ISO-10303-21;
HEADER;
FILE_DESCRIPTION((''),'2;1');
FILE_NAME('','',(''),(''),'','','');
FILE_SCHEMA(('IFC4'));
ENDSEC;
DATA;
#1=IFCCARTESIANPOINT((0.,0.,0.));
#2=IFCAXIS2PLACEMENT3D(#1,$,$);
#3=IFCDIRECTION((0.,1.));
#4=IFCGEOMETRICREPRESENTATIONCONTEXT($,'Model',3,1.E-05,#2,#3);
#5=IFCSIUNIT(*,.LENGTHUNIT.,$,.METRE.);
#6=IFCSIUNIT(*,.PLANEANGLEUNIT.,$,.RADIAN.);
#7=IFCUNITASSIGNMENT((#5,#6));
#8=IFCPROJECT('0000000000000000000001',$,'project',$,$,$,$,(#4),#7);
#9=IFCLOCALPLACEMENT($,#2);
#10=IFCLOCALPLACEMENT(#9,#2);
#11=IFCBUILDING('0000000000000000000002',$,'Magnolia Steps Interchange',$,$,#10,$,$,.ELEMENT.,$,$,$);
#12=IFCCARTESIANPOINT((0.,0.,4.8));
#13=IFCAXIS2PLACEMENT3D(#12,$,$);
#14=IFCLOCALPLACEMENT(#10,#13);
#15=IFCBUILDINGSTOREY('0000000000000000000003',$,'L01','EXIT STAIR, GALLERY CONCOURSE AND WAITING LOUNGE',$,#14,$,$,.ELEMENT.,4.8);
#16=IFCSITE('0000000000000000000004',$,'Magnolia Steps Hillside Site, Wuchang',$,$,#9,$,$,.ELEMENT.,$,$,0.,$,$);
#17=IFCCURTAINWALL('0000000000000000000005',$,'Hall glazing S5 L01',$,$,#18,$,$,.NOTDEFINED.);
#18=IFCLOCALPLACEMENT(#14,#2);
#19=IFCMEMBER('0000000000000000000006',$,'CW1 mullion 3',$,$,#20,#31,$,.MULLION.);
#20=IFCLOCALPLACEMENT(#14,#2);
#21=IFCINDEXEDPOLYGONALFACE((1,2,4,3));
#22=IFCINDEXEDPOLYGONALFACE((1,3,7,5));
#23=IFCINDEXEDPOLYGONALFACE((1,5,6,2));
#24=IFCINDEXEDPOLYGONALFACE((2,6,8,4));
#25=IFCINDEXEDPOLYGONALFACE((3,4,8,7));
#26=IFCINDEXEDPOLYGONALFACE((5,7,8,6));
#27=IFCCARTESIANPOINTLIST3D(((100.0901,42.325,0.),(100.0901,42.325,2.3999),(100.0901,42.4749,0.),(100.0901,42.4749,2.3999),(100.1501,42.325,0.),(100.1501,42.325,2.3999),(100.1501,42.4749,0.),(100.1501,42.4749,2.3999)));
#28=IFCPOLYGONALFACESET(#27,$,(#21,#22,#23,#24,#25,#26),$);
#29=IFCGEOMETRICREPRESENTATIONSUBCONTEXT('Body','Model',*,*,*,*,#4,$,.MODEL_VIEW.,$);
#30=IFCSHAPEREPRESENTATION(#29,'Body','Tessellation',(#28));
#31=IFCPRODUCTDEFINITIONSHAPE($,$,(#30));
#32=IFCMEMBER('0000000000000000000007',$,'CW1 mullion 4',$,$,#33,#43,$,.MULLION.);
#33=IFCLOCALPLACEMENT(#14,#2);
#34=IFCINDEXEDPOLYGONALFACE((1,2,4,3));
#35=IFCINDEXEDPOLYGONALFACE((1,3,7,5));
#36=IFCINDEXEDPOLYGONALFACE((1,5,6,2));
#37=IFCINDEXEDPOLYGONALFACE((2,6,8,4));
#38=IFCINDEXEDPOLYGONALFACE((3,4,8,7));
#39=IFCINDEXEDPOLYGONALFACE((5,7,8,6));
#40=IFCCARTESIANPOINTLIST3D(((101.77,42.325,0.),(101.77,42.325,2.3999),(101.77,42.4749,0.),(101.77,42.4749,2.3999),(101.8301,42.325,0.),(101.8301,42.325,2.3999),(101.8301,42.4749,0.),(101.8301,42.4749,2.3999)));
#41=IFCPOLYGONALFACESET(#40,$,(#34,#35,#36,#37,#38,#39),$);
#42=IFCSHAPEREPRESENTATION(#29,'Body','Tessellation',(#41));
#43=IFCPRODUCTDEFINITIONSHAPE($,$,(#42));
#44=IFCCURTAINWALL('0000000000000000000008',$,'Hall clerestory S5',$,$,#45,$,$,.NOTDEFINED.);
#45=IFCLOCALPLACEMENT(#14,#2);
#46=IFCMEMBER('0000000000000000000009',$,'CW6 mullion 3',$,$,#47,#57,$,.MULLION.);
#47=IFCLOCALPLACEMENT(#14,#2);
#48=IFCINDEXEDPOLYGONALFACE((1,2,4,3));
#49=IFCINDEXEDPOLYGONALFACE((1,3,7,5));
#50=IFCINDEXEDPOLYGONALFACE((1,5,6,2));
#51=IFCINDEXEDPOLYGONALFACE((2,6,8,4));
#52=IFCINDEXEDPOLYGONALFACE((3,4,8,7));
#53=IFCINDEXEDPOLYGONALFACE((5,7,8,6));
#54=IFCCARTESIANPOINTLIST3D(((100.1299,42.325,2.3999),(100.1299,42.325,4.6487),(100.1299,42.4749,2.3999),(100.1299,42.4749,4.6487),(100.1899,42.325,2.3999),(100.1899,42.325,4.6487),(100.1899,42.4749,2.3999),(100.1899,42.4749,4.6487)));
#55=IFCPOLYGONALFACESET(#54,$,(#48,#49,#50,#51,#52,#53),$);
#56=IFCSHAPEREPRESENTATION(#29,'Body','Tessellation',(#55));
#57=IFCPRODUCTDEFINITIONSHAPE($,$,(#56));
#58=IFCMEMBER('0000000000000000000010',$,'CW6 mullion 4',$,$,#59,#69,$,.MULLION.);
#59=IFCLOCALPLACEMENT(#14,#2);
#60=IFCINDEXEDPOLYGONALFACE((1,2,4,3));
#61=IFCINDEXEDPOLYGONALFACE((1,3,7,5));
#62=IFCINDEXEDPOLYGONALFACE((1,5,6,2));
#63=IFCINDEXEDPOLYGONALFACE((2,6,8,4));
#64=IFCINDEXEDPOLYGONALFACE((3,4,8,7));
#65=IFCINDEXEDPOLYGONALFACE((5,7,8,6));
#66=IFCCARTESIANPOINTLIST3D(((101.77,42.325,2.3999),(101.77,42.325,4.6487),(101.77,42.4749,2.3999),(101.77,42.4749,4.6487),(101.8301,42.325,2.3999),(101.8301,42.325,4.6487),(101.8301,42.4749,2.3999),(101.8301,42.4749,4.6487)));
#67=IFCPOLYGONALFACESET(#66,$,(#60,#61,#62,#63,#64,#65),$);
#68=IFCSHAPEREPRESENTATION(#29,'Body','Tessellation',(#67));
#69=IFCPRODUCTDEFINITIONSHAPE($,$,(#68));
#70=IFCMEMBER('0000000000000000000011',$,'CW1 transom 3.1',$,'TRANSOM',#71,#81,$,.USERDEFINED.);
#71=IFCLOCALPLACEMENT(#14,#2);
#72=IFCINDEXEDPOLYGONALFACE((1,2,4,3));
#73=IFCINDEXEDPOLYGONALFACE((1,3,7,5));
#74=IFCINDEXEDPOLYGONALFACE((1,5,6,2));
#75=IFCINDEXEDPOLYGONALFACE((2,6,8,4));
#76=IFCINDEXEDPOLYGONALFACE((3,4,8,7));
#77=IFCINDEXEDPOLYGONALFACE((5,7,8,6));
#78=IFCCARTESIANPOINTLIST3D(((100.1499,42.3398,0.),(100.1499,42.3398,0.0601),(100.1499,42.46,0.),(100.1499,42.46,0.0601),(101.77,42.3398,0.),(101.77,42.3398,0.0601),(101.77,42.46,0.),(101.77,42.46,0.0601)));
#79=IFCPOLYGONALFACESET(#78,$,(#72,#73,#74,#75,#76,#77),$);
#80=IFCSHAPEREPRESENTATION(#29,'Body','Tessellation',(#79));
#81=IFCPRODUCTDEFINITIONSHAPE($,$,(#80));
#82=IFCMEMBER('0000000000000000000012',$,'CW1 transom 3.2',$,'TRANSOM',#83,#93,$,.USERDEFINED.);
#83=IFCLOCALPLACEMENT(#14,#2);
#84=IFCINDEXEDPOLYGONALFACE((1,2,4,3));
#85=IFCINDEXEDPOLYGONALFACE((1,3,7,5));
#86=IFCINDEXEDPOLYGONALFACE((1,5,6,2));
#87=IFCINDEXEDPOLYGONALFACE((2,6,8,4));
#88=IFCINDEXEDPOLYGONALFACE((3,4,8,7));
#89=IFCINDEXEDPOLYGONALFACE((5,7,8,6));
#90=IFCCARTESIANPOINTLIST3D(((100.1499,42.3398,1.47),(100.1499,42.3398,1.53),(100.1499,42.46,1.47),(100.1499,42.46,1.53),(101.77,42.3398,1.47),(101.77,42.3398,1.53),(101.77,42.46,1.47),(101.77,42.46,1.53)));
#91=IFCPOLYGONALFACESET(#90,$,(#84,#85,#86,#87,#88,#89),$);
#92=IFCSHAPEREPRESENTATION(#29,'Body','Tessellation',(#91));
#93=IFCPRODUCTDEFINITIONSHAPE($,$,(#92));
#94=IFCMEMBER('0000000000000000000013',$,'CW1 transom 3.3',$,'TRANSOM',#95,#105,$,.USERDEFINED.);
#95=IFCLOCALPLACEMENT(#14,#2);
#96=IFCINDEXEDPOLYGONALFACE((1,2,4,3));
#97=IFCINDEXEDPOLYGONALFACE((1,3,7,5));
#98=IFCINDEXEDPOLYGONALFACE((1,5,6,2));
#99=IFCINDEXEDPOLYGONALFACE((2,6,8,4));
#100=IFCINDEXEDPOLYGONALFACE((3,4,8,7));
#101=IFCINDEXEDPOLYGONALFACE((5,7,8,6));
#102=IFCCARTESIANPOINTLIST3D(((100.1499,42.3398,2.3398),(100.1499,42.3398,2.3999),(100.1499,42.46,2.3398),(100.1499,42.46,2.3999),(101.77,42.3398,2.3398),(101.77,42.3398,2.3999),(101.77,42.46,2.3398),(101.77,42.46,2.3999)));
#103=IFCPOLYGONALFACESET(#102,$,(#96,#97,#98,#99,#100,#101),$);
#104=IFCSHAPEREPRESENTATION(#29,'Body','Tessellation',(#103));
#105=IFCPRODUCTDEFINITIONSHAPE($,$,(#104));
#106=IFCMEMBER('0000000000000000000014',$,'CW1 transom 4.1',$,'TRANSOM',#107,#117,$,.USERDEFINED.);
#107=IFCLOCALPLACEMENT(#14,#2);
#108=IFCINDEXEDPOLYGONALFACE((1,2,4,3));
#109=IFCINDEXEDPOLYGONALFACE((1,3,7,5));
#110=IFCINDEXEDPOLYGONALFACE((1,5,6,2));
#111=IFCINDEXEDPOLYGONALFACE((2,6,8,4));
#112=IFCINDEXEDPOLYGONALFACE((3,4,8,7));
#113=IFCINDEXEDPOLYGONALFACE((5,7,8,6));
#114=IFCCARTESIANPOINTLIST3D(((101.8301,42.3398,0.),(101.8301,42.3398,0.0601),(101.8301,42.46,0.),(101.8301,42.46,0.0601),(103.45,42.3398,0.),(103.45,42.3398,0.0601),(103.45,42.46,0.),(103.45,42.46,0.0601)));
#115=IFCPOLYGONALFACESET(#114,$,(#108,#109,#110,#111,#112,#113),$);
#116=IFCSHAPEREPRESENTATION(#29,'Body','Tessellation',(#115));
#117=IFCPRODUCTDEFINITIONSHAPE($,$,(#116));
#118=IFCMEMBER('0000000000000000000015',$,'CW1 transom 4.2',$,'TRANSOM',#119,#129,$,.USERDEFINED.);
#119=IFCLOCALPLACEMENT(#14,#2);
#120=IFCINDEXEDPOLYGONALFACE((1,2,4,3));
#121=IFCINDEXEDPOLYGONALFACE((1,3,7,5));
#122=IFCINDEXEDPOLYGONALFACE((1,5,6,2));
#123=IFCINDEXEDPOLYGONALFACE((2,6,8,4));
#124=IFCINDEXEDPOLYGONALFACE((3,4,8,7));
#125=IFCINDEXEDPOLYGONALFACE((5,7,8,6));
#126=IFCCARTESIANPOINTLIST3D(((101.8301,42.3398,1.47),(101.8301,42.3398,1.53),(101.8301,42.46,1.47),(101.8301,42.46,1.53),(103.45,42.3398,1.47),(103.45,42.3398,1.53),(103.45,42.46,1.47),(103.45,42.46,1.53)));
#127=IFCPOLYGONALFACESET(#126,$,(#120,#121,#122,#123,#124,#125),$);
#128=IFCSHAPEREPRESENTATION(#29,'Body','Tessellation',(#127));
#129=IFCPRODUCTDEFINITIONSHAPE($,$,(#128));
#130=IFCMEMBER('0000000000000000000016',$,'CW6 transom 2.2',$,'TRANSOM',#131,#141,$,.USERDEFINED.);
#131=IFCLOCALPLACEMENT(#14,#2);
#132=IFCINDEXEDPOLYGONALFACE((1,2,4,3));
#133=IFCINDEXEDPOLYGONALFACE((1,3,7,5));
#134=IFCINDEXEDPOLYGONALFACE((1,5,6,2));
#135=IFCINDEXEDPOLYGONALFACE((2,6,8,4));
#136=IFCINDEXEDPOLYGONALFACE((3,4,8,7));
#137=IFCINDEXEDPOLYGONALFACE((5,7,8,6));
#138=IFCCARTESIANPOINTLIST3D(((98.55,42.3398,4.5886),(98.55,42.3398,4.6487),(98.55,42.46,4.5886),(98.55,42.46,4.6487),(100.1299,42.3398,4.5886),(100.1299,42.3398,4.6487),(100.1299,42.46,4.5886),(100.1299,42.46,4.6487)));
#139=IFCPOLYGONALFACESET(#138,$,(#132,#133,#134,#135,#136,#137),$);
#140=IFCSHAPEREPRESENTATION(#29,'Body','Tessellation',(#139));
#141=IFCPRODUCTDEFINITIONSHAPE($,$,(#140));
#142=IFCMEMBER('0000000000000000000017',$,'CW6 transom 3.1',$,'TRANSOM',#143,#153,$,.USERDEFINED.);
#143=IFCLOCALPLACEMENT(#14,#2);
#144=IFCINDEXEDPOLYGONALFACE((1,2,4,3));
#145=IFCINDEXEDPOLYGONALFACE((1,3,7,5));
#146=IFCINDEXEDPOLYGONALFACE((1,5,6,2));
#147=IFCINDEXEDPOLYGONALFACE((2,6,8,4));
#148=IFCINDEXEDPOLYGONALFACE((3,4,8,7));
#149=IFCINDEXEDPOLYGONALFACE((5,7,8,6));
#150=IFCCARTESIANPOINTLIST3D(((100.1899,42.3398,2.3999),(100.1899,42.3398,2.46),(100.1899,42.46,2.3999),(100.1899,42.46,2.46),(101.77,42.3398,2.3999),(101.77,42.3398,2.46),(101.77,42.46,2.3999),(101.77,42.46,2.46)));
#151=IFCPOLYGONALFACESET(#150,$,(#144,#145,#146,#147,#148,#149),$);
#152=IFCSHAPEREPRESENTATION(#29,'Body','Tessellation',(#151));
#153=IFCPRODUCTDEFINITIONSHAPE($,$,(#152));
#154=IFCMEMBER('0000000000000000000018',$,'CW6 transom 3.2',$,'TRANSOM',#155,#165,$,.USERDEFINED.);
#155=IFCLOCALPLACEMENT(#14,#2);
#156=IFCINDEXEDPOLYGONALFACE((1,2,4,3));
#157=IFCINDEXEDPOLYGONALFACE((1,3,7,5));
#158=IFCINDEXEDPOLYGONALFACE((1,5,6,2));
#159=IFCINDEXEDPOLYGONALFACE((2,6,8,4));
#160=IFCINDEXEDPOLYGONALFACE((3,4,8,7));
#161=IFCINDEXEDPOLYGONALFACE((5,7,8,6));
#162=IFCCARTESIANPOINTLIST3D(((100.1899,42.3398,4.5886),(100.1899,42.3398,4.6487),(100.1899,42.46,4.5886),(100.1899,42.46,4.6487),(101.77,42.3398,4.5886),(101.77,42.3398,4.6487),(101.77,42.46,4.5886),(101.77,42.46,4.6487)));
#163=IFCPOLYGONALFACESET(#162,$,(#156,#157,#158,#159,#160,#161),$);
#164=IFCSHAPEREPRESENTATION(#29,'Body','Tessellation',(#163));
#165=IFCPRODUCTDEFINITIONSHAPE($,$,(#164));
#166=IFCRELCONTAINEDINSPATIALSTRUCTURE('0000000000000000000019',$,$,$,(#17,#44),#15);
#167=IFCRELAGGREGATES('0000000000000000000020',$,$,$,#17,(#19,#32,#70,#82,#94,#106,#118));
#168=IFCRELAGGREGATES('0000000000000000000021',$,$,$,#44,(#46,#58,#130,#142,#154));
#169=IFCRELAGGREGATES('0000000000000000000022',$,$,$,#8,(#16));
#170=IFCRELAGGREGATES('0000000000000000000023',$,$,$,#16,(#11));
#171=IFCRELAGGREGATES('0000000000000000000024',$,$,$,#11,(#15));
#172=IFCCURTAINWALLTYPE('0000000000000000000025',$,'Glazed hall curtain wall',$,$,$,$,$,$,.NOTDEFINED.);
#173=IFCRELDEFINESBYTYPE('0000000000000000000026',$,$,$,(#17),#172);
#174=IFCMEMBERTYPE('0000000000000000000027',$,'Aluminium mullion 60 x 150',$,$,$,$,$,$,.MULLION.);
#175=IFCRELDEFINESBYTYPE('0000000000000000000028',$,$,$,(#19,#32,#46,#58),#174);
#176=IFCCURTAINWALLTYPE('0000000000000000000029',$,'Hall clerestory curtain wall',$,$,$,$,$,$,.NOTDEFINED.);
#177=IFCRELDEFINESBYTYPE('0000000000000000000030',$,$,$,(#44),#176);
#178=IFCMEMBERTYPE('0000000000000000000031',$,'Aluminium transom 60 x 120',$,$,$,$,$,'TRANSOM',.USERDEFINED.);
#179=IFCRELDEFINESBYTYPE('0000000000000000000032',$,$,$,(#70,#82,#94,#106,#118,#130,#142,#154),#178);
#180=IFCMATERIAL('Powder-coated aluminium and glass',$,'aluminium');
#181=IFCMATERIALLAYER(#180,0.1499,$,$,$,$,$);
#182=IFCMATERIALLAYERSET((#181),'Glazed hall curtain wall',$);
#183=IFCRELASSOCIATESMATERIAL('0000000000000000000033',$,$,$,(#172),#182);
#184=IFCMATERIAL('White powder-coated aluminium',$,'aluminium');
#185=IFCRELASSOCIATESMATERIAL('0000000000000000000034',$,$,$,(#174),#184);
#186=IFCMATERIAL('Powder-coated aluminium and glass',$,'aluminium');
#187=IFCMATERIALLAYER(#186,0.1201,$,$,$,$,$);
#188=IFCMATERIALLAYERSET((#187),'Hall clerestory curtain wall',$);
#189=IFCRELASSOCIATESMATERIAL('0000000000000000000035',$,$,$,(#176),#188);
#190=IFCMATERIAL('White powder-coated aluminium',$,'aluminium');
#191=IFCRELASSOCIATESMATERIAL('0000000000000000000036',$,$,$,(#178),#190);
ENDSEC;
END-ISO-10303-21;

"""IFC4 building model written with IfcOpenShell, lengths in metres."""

from ifc_helpers import new_model, si_unit, direction, frame, origin, origin_2d, place, context, subcontext, project, spatial, rectangle, extrude, material, layer, layer_set, material_profile, profile_set, type_object, element, aggregate, save


model = new_model("IFC4")

# Units and contexts
model_context = context("Model", 3, precision=1e-05, world=origin(), true_north=direction((0.0, 1.0)))
body_context = subcontext(model_context, "Body", "Model", "MODEL_VIEW")
ifc_project = project(units=[si_unit("LENGTHUNIT", "METRE"), si_unit("PLANEANGLEUNIT", "RADIAN")], contexts=[model_context])

# Site, building, storey
site_placement = place(None, origin())
site = spatial("IfcSite", under=ifc_project, at=site_placement, Name="Magnolia Steps Hillside Site, Wuchang", CompositionType="ELEMENT", RefElevation=0.0)
building_placement = place(site_placement, origin())
building = spatial("IfcBuilding", under=site, at=building_placement, Name="Magnolia Steps Interchange", CompositionType="ELEMENT")
storey_placement = place(building_placement, frame((0.0, 0.0, 4.8)))
storey = spatial("IfcBuildingStorey", under=building, at=storey_placement, Name="L01", Description="EXIT STAIR, GALLERY CONCOURSE AND WAITING LOUNGE", CompositionType="ELEMENT", Elevation=4.8)

# Curtain walls, members
ifc_material_1 = material(Name="Powder-coated aluminium and glass", Category="aluminium")
ifc_layer_1 = layer(ifc_material_1, 0.1499)
ifc_layer_set_1 = layer_set([ifc_layer_1], Name="Glazed hall curtain wall")
curtain_wall_type_1 = type_object("IfcCurtainWallType", Name="Glazed hall curtain wall", PredefinedType="NOTDEFINED", material=ifc_layer_set_1)
curtain_wall_1_placement = place(storey_placement, origin())
curtain_wall_1 = element("IfcCurtainWall", 1, at=curtain_wall_1_placement, inside=storey, type_object=curtain_wall_type_1, Name="Hall glazing S5 L01", PredefinedType="NOTDEFINED")
ifc_material_2 = material(Name="White powder-coated aluminium", Category="aluminium")
ifc_material_profile_1 = material_profile(ifc_material_2, rectangle(XDim=0.0601, YDim=0.1499, at=origin_2d()), Name="Aluminium mullion 60 x 150")
ifc_profile_set_1 = profile_set([ifc_material_profile_1], Name="White powder-coated aluminium")
member_type_1 = type_object("IfcMemberType", Name="Aluminium mullion 60 x 150", PredefinedType="MULLION", material=ifc_profile_set_1)
member_1_placement = place(storey_placement, frame((100.1201, 42.3999, 0.0), z_axis=(0.0, 0.0, 1.0), x_axis=(1.0, 0.0, 0.0)))
member_1 = element("IfcMember", 2, at=member_1_placement, type_object=member_type_1, Name="CW1 mullion 3", PredefinedType="MULLION", context=body_context, shape_type="SweptSolid", body=[
    extrude(rectangle(XDim=0.0601, YDim=0.1499, at=origin_2d()), origin(), (0.0, 0.0, 1.0), 2.3999),
])
member_2_placement = place(storey_placement, frame((101.8, 42.3999, 0.0), z_axis=(0.0, 0.0, 1.0), x_axis=(1.0, 0.0, 0.0)))
member_2 = element("IfcMember", 3, at=member_2_placement, type_object=member_type_1, Name="CW1 mullion 4", PredefinedType="MULLION", context=body_context, shape_type="SweptSolid", body=[
    extrude(rectangle(XDim=0.0601, YDim=0.1499, at=origin_2d()), origin(), (0.0, 0.0, 1.0), 2.3999),
])
ifc_material_3 = material(Name="Powder-coated aluminium and glass", Category="aluminium")
ifc_layer_2 = layer(ifc_material_3, 0.1201)
ifc_layer_set_2 = layer_set([ifc_layer_2], Name="Hall clerestory curtain wall")
curtain_wall_type_2 = type_object("IfcCurtainWallType", Name="Hall clerestory curtain wall", PredefinedType="NOTDEFINED", material=ifc_layer_set_2)
curtain_wall_2_placement = place(storey_placement, origin())
curtain_wall_2 = element("IfcCurtainWall", 4, at=curtain_wall_2_placement, inside=storey, type_object=curtain_wall_type_2, Name="Hall clerestory S5", PredefinedType="NOTDEFINED")
member_3_placement = place(storey_placement, frame((100.1599, 42.3999, 2.3999), z_axis=(0.0, 0.0, 1.0), x_axis=(1.0, 0.0, 0.0)))
member_3 = element("IfcMember", 5, at=member_3_placement, type_object=member_type_1, Name="CW6 mullion 3", PredefinedType="MULLION", context=body_context, shape_type="SweptSolid", body=[
    extrude(rectangle(XDim=0.0601, YDim=0.1499, at=origin_2d()), origin(), (0.0, 0.0, 1.0), 2.2488),
])
member_4_placement = place(storey_placement, frame((101.8, 42.3999, 2.3999), z_axis=(0.0, 0.0, 1.0), x_axis=(1.0, 0.0, 0.0)))
member_4 = element("IfcMember", 6, at=member_4_placement, type_object=member_type_1, Name="CW6 mullion 4", PredefinedType="MULLION", context=body_context, shape_type="SweptSolid", body=[
    extrude(rectangle(XDim=0.0601, YDim=0.1499, at=origin_2d()), origin(), (0.0, 0.0, 1.0), 2.2488),
])

# Members
ifc_material_4 = material(Name="White powder-coated aluminium", Category="aluminium")
ifc_material_profile_2 = material_profile(ifc_material_4, rectangle(XDim=0.0601, YDim=0.1201, at=origin_2d()), Name="Aluminium transom 60 x 120")
ifc_profile_set_2 = profile_set([ifc_material_profile_2], Name="White powder-coated aluminium")
member_type_2 = type_object("IfcMemberType", Name="Aluminium transom 60 x 120", ElementType="TRANSOM", PredefinedType="USERDEFINED", material=ifc_profile_set_2)
member_5_placement = place(storey_placement, frame((100.1499, 42.3999, 0.03), z_axis=(1.0, 0.0, 0.0), x_axis=(0.0, 0.0, 1.0)))
member_5 = element("IfcMember", 7, at=member_5_placement, type_object=member_type_2, Name="CW1 transom 3.1", ObjectType="TRANSOM", PredefinedType="USERDEFINED", context=body_context, shape_type="SweptSolid", body=[
    extrude(rectangle(XDim=0.0601, YDim=0.1201, at=origin_2d()), origin(), (0.0, 0.0, 1.0), 1.6201),
])
member_6_placement = place(storey_placement, frame((100.1499, 42.3999, 1.5), z_axis=(1.0, 0.0, 0.0), x_axis=(0.0, 0.0, 1.0)))
member_6 = element("IfcMember", 8, at=member_6_placement, type_object=member_type_2, Name="CW1 transom 3.2", ObjectType="TRANSOM", PredefinedType="USERDEFINED", context=body_context, shape_type="SweptSolid", body=[
    extrude(rectangle(XDim=0.0601, YDim=0.1201, at=origin_2d()), origin(), (0.0, 0.0, 1.0), 1.6201),
])
member_7_placement = place(storey_placement, frame((100.1499, 42.3999, 2.3699), z_axis=(1.0, 0.0, 0.0), x_axis=(0.0, 0.0, 1.0)))
member_7 = element("IfcMember", 9, at=member_7_placement, type_object=member_type_2, Name="CW1 transom 3.3", ObjectType="TRANSOM", PredefinedType="USERDEFINED", context=body_context, shape_type="SweptSolid", body=[
    extrude(rectangle(XDim=0.0601, YDim=0.1201, at=origin_2d()), origin(), (0.0, 0.0, 1.0), 1.6201),
])
member_8_placement = place(storey_placement, frame((101.8301, 42.3999, 0.03), z_axis=(1.0, 0.0, 0.0), x_axis=(0.0, 0.0, 1.0)))
member_8 = element("IfcMember", 10, at=member_8_placement, type_object=member_type_2, Name="CW1 transom 4.1", ObjectType="TRANSOM", PredefinedType="USERDEFINED", context=body_context, shape_type="SweptSolid", body=[
    extrude(rectangle(XDim=0.0601, YDim=0.1201, at=origin_2d()), origin(), (0.0, 0.0, 1.0), 1.6199),
])
member_9_placement = place(storey_placement, frame((101.8301, 42.3999, 1.5), z_axis=(1.0, 0.0, 0.0), x_axis=(0.0, 0.0, 1.0)))
member_9 = element("IfcMember", 11, at=member_9_placement, type_object=member_type_2, Name="CW1 transom 4.2", ObjectType="TRANSOM", PredefinedType="USERDEFINED", context=body_context, shape_type="SweptSolid", body=[
    extrude(rectangle(XDim=0.0601, YDim=0.1201, at=origin_2d()), origin(), (0.0, 0.0, 1.0), 1.6199),
])
member_10_placement = place(storey_placement, frame((98.55, 42.3999, 4.6187), z_axis=(1.0, 0.0, 0.0), x_axis=(0.0, 0.0, 1.0)))
member_10 = element("IfcMember", 12, at=member_10_placement, type_object=member_type_2, Name="CW6 transom 2.2", ObjectType="TRANSOM", PredefinedType="USERDEFINED", context=body_context, shape_type="SweptSolid", body=[
    extrude(rectangle(XDim=0.0601, YDim=0.1201, at=origin_2d()), origin(), (0.0, 0.0, 1.0), 1.5798),
])
member_11_placement = place(storey_placement, frame((100.1899, 42.3999, 2.4299), z_axis=(1.0, 0.0, 0.0), x_axis=(0.0, 0.0, 1.0)))
member_11 = element("IfcMember", 13, at=member_11_placement, type_object=member_type_2, Name="CW6 transom 3.1", ObjectType="TRANSOM", PredefinedType="USERDEFINED", context=body_context, shape_type="SweptSolid", body=[
    extrude(rectangle(XDim=0.0601, YDim=0.1201, at=origin_2d()), origin(), (0.0, 0.0, 1.0), 1.5801),
])
member_12_placement = place(storey_placement, frame((100.1899, 42.3999, 4.6187), z_axis=(1.0, 0.0, 0.0), x_axis=(0.0, 0.0, 1.0)))
member_12 = element("IfcMember", 14, at=member_12_placement, type_object=member_type_2, Name="CW6 transom 3.2", ObjectType="TRANSOM", PredefinedType="USERDEFINED", context=body_context, shape_type="SweptSolid", body=[
    extrude(rectangle(XDim=0.0601, YDim=0.1201, at=origin_2d()), origin(), (0.0, 0.0, 1.0), 1.5801),
])

aggregate(curtain_wall_1, [member_1, member_2, member_5, member_6, member_7, member_8, member_9])
aggregate(curtain_wall_2, [member_3, member_4, member_10, member_11, member_12])

save(model, "model.ifc")
